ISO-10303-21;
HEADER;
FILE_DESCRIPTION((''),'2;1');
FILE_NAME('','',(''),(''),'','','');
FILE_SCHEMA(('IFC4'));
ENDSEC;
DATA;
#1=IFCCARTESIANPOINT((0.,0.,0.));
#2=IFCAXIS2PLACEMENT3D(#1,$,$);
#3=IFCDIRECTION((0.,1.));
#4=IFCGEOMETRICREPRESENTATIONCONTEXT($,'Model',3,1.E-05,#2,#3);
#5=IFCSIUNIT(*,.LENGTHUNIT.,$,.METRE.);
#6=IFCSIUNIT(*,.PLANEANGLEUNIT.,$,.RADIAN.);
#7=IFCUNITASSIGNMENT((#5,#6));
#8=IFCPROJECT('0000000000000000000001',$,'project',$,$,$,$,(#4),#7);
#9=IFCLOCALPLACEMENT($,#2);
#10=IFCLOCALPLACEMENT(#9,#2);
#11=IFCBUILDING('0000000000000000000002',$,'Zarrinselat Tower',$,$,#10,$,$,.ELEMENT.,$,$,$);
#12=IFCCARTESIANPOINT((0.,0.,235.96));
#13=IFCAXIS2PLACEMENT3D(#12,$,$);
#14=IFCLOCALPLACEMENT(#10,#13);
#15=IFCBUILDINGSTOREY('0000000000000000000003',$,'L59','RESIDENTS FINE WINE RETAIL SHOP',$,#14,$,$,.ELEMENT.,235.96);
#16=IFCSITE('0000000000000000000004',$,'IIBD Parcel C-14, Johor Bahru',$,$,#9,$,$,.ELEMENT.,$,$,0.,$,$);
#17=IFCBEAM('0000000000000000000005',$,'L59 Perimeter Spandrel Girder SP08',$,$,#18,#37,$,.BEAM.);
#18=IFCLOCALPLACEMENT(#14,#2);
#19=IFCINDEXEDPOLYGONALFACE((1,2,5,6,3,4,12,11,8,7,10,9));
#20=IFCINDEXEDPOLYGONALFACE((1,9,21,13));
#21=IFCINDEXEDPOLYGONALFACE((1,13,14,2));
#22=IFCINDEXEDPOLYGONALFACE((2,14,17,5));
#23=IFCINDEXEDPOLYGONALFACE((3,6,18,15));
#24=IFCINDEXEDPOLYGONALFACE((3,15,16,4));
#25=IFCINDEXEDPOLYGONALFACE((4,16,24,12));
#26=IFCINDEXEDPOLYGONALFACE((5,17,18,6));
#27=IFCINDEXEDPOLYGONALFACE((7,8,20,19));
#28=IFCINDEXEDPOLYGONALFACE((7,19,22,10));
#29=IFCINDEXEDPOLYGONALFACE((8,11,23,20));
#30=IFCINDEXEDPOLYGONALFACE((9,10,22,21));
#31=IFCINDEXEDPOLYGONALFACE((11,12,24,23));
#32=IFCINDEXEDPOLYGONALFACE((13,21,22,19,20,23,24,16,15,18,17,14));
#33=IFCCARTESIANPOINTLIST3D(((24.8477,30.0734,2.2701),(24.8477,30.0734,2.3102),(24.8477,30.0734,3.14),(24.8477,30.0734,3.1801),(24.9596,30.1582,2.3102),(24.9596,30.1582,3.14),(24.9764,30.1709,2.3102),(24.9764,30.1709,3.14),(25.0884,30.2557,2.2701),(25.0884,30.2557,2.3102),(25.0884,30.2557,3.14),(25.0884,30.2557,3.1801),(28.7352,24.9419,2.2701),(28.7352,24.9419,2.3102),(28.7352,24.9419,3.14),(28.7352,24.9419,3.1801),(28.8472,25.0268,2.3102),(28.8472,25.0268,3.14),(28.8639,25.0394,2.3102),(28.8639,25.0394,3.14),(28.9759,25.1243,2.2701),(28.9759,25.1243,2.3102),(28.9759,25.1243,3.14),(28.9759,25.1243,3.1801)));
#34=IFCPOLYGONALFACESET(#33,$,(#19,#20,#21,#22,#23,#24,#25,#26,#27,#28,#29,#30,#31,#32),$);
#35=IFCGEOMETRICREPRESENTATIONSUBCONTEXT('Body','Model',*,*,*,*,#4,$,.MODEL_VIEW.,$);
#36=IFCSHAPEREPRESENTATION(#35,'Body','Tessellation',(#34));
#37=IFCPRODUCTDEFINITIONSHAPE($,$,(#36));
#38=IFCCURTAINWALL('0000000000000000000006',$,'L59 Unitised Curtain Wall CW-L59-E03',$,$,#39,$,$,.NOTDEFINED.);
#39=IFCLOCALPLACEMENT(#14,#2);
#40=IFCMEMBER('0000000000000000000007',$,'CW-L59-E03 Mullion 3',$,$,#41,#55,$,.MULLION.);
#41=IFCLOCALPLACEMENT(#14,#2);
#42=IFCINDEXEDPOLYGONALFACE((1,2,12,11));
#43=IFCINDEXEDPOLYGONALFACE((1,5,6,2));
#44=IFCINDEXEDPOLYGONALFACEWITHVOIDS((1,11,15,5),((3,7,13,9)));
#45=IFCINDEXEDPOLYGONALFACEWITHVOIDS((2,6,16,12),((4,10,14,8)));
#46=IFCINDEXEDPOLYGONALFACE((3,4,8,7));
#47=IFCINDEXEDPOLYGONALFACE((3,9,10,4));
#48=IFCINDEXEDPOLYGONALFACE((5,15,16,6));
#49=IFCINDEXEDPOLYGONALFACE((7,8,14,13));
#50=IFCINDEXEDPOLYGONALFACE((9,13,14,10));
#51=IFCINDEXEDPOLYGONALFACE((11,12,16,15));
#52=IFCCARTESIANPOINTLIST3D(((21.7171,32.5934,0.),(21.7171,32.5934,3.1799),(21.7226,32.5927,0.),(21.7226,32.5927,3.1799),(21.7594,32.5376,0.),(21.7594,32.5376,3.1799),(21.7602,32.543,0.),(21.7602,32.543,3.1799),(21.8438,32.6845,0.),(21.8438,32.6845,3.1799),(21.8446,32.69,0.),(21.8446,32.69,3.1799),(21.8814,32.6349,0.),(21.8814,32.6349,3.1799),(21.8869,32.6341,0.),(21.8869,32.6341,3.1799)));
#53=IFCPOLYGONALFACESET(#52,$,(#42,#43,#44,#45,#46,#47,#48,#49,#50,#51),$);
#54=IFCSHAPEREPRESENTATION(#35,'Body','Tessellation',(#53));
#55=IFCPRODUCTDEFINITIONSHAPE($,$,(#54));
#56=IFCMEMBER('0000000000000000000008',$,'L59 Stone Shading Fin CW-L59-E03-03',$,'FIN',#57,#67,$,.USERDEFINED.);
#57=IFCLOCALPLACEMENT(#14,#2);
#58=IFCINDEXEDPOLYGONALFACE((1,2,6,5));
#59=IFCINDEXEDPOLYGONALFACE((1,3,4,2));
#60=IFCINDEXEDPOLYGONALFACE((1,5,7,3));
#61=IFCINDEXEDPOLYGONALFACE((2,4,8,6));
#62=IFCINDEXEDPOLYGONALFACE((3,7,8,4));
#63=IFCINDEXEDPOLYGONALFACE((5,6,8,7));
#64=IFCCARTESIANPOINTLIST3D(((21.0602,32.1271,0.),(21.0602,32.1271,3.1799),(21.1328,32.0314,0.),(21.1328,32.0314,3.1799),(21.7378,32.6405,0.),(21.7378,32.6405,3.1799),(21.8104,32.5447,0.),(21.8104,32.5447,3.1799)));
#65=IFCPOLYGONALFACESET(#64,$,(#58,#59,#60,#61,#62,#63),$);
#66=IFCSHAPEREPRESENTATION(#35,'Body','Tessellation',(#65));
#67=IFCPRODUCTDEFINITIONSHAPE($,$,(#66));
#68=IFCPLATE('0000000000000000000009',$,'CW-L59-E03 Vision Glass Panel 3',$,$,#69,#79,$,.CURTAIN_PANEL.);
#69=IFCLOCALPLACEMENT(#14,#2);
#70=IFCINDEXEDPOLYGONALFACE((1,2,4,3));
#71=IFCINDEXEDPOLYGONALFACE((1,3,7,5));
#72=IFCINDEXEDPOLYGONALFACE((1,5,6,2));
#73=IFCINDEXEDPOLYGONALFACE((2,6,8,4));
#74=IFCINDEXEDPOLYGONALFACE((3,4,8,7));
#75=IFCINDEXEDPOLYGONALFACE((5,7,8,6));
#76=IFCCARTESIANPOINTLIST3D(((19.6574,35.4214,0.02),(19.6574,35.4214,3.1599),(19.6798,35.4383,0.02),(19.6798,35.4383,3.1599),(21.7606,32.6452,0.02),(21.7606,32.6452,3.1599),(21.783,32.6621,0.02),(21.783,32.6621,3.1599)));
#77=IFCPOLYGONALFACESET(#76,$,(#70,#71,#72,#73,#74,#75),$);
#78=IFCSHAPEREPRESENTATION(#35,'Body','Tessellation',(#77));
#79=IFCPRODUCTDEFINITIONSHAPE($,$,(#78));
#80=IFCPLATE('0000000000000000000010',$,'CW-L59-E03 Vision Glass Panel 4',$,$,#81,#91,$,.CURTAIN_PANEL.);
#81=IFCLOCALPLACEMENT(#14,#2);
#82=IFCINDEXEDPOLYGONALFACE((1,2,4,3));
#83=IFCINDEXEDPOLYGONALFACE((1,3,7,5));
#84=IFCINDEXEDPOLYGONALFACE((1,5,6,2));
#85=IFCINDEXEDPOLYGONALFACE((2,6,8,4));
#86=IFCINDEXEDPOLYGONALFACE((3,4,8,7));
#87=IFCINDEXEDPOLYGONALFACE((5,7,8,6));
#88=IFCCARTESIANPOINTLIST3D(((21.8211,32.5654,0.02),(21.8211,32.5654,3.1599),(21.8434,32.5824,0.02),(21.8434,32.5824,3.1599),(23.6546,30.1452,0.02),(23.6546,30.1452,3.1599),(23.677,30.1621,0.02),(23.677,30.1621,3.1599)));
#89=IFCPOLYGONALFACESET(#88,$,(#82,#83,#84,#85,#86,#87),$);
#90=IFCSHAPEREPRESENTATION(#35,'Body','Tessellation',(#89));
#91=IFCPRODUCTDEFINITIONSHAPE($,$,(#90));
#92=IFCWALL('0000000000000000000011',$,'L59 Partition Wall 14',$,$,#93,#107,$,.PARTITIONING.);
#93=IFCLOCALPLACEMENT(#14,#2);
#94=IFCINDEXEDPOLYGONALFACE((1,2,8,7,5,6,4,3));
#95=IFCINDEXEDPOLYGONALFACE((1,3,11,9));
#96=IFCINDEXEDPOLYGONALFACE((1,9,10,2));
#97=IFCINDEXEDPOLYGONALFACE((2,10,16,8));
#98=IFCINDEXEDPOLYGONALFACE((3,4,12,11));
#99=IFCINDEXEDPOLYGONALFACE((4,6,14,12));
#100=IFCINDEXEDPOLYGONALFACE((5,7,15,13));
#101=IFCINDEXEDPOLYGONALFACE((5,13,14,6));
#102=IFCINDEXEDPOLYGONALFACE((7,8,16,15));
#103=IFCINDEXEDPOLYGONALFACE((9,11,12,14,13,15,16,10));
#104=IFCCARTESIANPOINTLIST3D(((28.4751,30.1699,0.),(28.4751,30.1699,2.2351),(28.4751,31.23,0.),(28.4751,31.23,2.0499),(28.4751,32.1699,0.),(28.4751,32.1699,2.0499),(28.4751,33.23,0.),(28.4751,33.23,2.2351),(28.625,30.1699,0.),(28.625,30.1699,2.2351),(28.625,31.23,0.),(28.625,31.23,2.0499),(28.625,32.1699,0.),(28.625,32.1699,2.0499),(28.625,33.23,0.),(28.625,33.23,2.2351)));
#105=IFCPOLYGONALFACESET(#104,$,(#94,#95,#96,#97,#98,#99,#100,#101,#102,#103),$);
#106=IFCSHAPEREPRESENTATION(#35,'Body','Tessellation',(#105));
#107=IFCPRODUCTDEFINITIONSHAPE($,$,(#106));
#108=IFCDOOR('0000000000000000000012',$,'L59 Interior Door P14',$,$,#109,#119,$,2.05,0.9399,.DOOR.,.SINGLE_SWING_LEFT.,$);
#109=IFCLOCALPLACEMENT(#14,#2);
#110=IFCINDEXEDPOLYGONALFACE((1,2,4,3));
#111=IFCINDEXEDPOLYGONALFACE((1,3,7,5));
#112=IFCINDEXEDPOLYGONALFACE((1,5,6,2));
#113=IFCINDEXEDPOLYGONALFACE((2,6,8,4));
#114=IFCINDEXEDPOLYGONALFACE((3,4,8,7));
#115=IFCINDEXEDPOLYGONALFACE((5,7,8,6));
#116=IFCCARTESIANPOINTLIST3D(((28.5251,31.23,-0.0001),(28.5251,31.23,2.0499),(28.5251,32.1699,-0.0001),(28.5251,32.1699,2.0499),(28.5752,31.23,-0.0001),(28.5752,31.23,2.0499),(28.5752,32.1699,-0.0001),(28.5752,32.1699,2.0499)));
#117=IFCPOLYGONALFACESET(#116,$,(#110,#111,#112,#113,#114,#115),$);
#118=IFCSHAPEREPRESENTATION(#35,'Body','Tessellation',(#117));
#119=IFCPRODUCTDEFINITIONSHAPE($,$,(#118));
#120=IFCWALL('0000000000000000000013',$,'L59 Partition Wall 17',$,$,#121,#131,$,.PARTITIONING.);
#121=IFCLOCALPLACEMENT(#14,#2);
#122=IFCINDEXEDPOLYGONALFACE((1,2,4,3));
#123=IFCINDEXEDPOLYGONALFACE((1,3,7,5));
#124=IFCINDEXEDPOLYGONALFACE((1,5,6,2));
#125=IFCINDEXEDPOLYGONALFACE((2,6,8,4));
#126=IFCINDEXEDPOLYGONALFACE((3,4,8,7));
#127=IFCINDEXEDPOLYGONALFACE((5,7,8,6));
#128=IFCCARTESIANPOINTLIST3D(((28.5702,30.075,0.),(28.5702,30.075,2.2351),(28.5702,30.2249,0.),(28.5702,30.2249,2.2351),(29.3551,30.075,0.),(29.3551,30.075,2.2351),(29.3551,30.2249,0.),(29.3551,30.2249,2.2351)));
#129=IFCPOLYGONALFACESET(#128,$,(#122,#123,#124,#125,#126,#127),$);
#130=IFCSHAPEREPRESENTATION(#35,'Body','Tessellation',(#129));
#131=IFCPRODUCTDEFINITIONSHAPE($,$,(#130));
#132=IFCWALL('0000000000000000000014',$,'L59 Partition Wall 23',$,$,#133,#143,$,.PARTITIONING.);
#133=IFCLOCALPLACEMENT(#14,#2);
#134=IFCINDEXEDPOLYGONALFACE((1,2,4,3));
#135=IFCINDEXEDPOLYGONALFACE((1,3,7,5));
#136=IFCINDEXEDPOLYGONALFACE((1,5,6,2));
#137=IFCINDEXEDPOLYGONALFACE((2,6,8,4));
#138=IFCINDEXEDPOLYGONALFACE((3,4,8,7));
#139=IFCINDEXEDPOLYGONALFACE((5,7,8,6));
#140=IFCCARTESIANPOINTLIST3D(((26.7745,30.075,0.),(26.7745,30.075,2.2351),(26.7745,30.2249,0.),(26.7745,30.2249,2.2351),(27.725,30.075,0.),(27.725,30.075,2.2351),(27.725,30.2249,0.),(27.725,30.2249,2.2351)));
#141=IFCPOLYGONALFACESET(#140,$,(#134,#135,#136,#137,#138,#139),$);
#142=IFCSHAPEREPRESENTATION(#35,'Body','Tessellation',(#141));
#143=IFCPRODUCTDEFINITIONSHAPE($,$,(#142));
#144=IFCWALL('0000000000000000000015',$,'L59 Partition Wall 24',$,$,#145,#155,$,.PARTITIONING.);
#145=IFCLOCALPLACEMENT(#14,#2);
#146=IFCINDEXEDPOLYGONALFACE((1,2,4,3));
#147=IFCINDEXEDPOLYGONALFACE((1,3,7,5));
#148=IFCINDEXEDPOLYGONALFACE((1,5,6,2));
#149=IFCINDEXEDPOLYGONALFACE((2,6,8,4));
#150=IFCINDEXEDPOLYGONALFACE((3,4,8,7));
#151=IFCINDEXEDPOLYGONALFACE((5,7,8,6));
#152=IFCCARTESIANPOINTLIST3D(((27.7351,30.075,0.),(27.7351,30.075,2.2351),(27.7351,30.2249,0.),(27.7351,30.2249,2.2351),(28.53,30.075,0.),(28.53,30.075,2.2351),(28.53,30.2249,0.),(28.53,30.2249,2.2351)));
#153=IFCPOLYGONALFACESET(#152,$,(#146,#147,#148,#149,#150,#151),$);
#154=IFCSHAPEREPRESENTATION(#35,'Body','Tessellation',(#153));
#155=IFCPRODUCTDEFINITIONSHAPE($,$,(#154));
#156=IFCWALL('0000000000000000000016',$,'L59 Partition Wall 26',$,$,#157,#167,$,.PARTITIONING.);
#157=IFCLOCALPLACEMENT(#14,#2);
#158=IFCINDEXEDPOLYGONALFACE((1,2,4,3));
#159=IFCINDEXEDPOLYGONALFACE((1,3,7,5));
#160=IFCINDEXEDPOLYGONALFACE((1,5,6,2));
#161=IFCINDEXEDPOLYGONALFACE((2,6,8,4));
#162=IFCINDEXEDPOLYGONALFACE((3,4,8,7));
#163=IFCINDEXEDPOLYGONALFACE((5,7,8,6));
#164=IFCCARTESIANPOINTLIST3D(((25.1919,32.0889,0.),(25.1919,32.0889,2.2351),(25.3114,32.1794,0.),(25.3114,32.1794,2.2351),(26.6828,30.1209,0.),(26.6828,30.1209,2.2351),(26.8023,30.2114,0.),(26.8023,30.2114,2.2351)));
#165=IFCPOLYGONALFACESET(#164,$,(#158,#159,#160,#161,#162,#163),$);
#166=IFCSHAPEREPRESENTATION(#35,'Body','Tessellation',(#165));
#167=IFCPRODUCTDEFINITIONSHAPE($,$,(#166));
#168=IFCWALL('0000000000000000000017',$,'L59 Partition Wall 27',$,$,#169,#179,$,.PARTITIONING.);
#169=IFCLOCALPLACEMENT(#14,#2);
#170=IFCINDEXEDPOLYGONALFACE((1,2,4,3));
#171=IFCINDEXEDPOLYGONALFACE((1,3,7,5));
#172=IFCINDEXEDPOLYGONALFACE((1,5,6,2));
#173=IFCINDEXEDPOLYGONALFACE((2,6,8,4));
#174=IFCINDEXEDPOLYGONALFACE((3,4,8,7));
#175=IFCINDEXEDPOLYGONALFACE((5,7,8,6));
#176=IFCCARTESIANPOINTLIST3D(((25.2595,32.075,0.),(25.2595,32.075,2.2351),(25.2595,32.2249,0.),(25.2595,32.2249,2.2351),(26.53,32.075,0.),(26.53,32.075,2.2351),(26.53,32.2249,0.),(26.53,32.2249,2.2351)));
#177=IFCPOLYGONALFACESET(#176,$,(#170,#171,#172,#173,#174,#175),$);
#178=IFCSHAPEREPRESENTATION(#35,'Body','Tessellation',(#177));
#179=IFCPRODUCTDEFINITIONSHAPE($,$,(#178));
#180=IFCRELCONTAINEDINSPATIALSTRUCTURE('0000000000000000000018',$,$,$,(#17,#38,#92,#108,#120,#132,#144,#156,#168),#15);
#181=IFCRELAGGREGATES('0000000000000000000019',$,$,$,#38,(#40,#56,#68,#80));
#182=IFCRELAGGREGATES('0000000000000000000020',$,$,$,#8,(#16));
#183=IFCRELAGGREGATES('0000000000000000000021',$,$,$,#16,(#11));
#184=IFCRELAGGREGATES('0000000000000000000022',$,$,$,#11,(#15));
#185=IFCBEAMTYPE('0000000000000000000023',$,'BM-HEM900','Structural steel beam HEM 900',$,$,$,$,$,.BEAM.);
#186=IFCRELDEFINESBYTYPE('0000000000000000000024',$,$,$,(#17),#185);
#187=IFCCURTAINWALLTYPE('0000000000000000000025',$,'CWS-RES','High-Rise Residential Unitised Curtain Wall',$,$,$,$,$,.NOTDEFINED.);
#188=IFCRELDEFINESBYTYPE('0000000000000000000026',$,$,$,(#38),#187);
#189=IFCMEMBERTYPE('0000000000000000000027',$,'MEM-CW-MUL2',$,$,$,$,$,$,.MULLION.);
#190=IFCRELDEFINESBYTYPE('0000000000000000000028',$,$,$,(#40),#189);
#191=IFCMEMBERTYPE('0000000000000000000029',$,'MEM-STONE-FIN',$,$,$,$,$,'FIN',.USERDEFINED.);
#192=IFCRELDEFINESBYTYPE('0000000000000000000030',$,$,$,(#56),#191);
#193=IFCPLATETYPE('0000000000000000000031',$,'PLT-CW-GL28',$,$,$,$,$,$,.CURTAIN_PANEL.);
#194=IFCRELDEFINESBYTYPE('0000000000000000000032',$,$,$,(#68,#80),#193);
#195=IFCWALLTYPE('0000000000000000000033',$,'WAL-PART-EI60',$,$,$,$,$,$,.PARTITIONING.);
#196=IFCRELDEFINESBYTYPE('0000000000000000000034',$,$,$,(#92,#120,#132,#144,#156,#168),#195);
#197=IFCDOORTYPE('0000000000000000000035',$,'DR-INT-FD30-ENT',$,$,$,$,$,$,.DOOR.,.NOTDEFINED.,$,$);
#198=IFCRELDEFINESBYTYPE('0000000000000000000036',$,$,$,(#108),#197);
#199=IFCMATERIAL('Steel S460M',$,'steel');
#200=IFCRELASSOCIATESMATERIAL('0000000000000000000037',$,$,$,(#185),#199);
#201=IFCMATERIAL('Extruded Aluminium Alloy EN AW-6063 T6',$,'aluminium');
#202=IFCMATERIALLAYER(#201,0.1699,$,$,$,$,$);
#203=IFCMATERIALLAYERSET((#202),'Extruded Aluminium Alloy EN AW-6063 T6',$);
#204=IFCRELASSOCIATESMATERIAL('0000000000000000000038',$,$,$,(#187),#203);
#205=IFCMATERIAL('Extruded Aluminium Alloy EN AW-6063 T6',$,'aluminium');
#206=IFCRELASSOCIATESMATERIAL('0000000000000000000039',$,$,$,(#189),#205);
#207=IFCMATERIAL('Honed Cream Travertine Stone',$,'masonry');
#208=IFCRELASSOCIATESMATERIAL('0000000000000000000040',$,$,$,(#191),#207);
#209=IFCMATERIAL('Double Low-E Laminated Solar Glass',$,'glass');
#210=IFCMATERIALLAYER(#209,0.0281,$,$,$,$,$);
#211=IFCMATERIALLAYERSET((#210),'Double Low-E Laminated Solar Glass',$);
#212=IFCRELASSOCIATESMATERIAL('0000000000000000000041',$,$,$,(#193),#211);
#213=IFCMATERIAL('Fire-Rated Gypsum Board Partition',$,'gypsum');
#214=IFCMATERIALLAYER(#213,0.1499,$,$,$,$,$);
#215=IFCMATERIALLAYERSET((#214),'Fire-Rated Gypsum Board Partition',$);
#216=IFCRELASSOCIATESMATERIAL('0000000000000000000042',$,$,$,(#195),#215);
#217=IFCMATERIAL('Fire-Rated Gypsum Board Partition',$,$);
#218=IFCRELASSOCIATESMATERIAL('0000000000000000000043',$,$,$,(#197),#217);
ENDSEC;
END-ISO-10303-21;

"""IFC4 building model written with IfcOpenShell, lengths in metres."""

from ifc_helpers import new_model, si_unit, direction, frame, frame_2d, origin, origin_2d, place, context, subcontext, project, spatial, rectangle, hollow_rectangle, i_section, extrude, material, layer, layer_set, material_profile, profile_set, type_object, element, fill, aggregate, save


model = new_model("IFC4")

# Units and contexts
model_context = context("Model", 3, precision=1e-05, world=origin(), true_north=direction((0.0, 1.0)))
body_context = subcontext(model_context, "Body", "Model", "MODEL_VIEW")
ifc_project = project(units=[si_unit("LENGTHUNIT", "METRE"), si_unit("PLANEANGLEUNIT", "RADIAN")], contexts=[model_context])

# Site, building, storey
site_placement = place(None, origin())
site = spatial("IfcSite", under=ifc_project, at=site_placement, Name="IIBD Parcel C-14, Johor Bahru", CompositionType="ELEMENT", RefElevation=0.0)
building_placement = place(site_placement, origin())
building = spatial("IfcBuilding", under=site, at=building_placement, Name="Zarrinselat Tower", CompositionType="ELEMENT")
storey_placement = place(building_placement, frame((0.0, 0.0, 235.96)))
storey = spatial("IfcBuildingStorey", under=building, at=storey_placement, Name="L59", Description="RESIDENTS FINE WINE RETAIL SHOP", CompositionType="ELEMENT", Elevation=235.96)

# Beam
ifc_material_1 = material(Name="Steel S460M", Category="steel")
ifc_material_profile_1 = material_profile(ifc_material_1, i_section(OverallWidth=0.302, OverallDepth=0.9099, WebThickness=0.021, FlangeThickness=0.04, at=origin_2d()), Name="HEM 900")
ifc_profile_set_1 = profile_set([ifc_material_profile_1], Name="Steel S460M")
beam_type = type_object("IfcBeamType", Name="BM-HEM900", Description="Structural steel beam HEM 900", PredefinedType="BEAM", material=ifc_profile_set_1)
beam_placement = place(storey_placement, frame((24.968, 30.1646, 2.7251), z_axis=(0.603864, -0.797087, 0.0), x_axis=(0.797087, 0.603864, 0.0)))
element("IfcBeam", 1, at=beam_placement, inside=storey, type_object=beam_type, Name="L59 Perimeter Spandrel Girder SP08", PredefinedType="BEAM", context=body_context, shape_type="SweptSolid", body=[
    extrude(i_section(OverallWidth=0.302, OverallDepth=0.9099, WebThickness=0.021, FlangeThickness=0.04, at=origin_2d()), origin(), (0.0, 0.0, 1.0), 6.4377),
])

# Curtain wall, members, plates
ifc_material_2 = material(Name="Extruded Aluminium Alloy EN AW-6063 T6", Category="aluminium")
ifc_layer_1 = layer(ifc_material_2, 0.1699)
ifc_layer_set_1 = layer_set([ifc_layer_1], Name="Extruded Aluminium Alloy EN AW-6063 T6")
curtain_wall_type = type_object("IfcCurtainWallType", Name="CWS-RES", Description="High-Rise Residential Unitised Curtain Wall", PredefinedType="NOTDEFINED", material=ifc_layer_set_1)
curtain_wall_placement = place(storey_placement, origin())
curtain_wall = element("IfcCurtainWall", 2, at=curtain_wall_placement, inside=storey, type_object=curtain_wall_type, Name="L59 Unitised Curtain Wall CW-L59-E03", PredefinedType="NOTDEFINED")
ifc_material_3 = material(Name="Extruded Aluminium Alloy EN AW-6063 T6", Category="aluminium")
ifc_material_profile_2 = material_profile(ifc_material_3, hollow_rectangle(XDim=0.0701, YDim=0.1599, WallThickness=0.0039, at=origin_2d()), Name="RHS 160x70x4")
ifc_profile_set_2 = profile_set([ifc_material_profile_2], Name="Extruded Aluminium Alloy EN AW-6063 T6")
member_type_1 = type_object("IfcMemberType", Name="MEM-CW-MUL2", PredefinedType="MULLION", material=ifc_profile_set_2)
member_1_placement = place(storey_placement, frame((21.802, 32.6138, 0.0), z_axis=(0.0, 0.0, 1.0), x_axis=(0.603857, -0.797092, 0.0)))
member_1 = element("IfcMember", 3, at=member_1_placement, type_object=member_type_1, Name="CW-L59-E03 Mullion 3", PredefinedType="MULLION", context=body_context, shape_type="SweptSolid", body=[
    extrude(hollow_rectangle(XDim=0.0701, YDim=0.1599, WallThickness=0.0039, at=origin_2d()), origin(), (0.0, 0.0, 1.0), 3.1799),
])
ifc_material_4 = material(Name="Honed Cream Travertine Stone", Category="masonry")
ifc_material_profile_3 = material_profile(ifc_material_4, rectangle(XDim=0.1201, YDim=0.8501, at=origin_2d()), Name="FIN 850x120")
ifc_profile_set_3 = profile_set([ifc_material_profile_3], Name="Honed Cream Travertine Stone")
member_type_2 = type_object("IfcMemberType", Name="MEM-STONE-FIN", ElementType="FIN", PredefinedType="USERDEFINED", material=ifc_profile_set_3)
member_2_placement = place(storey_placement, frame((21.4353, 32.3359, 0.0), z_axis=(0.0, 0.0, 1.0), x_axis=(-0.603857, 0.797092, 0.0)))
member_2 = element("IfcMember", 4, at=member_2_placement, type_object=member_type_2, Name="L59 Stone Shading Fin CW-L59-E03-03", ObjectType="FIN", PredefinedType="USERDEFINED", context=body_context, shape_type="SweptSolid", body=[
    extrude(rectangle(XDim=0.1201, YDim=0.8501, at=origin_2d()), origin(), (0.0, 0.0, 1.0), 3.1799),
])
ifc_material_5 = material(Name="Double Low-E Laminated Solar Glass", Category="glass")
ifc_layer_2 = layer(ifc_material_5, 0.0281)
ifc_layer_set_2 = layer_set([ifc_layer_2], Name="Double Low-E Laminated Solar Glass")
plate_type = type_object("IfcPlateType", Name="PLT-CW-GL28", PredefinedType="CURTAIN_PANEL", material=ifc_layer_set_2)
plate_1_placement = place(storey_placement, frame((20.7202, 34.0417, 0.02), z_axis=(0.0, 0.0, 1.0), x_axis=(0.603857, -0.797092, 0.0)))
plate_1 = element("IfcPlate", 5, at=plate_1_placement, type_object=plate_type, Name="CW-L59-E03 Vision Glass Panel 3", PredefinedType="CURTAIN_PANEL", context=body_context, shape_type="SweptSolid", body=[
    extrude(rectangle(XDim=3.4829, YDim=0.0281, at=origin_2d()), origin(), (0.0, 0.0, 1.0), 3.1399),
])
plate_2_placement = place(storey_placement, frame((22.749, 31.3638, 0.02), z_axis=(0.0, 0.0, 1.0), x_axis=(0.603857, -0.797092, 0.0)))
plate_2 = element("IfcPlate", 6, at=plate_2_placement, type_object=plate_type, Name="CW-L59-E03 Vision Glass Panel 4", PredefinedType="CURTAIN_PANEL", context=body_context, shape_type="SweptSolid", body=[
    extrude(rectangle(XDim=3.0364, YDim=0.0281, at=origin_2d()), origin(), (0.0, 0.0, 1.0), 3.1399),
])
aggregate(curtain_wall, [member_1, member_2, plate_1, plate_2])

# Wall, opening, door
ifc_material_6 = material(Name="Fire-Rated Gypsum Board Partition", Category="gypsum")
ifc_layer_3 = layer(ifc_material_6, 0.1499)
ifc_layer_set_3 = layer_set([ifc_layer_3], Name="Fire-Rated Gypsum Board Partition")
wall_type_1 = type_object("IfcWallType", Name="WAL-PART-EI60", PredefinedType="PARTITIONING", material=ifc_layer_set_3)
wall_1_placement = place(storey_placement, frame((28.55, 30.1699, 0.0), z_axis=(0.0, 0.0, 1.0), x_axis=(0.0, 1.0, 0.0)))
wall_1 = element("IfcWall", 7, at=wall_1_placement, inside=storey, type_object=wall_type_1, Name="L59 Partition Wall 14", PredefinedType="PARTITIONING", context=body_context, shape_type="SweptSolid", body=[
    extrude(rectangle(XDim=3.0601, YDim=0.1499, at=frame_2d((1.53, 0.0))), origin(), (0.0, 0.0, 1.0), 2.2351),
])
opening_1_placement = place(wall_1_placement, frame((1.0601, 0.0, 0.0)))
opening_1 = element("IfcOpeningElement", 8, at=opening_1_placement, cuts=wall_1, PredefinedType="OPENING", context=body_context, shape_type="SweptSolid", body=[
    extrude(rectangle(XDim=0.9399, YDim=2.05, at=frame_2d((0.47, 1.0249))), frame((0.0, 0.085, 0.0), z_axis=(0.0, -1.0, 0.0), x_axis=(1.0, 0.0, 0.0)), (0.0, 0.0, 1.0), 0.1699),
])
ifc_material_7 = material(Name="Fire-Rated Gypsum Board Partition")
door_type_1 = type_object("IfcDoorType", Name="DR-INT-FD30-ENT", OperationType="NOTDEFINED", PredefinedType="DOOR", material=ifc_material_7)
door_1_placement = place(opening_1_placement, origin())
door_1 = element("IfcDoor", 9, at=door_1_placement, inside=storey, type_object=door_type_1, Name="L59 Interior Door P14", OperationType="SINGLE_SWING_LEFT", OverallHeight=2.05, OverallWidth=0.9399, PredefinedType="DOOR", context=body_context, shape_type="SweptSolid", body=[
    extrude(rectangle(XDim=0.9399, YDim=2.05, at=frame_2d((0.47, 1.0249))), frame((0.0, 0.0249, 0.0), z_axis=(0.0, -1.0, 0.0), x_axis=(1.0, 0.0, 0.0)), (0.0, 0.0, 1.0), 0.05),
])
fill(opening_1, door_1)

# Walls
wall_2_placement = place(storey_placement, frame((28.5701, 30.1499, 0.0), z_axis=(0.0, 0.0, 1.0), x_axis=(1.0, 0.0, 0.0)))
element("IfcWall", 10, at=wall_2_placement, inside=storey, type_object=wall_type_1, Name="L59 Partition Wall 17", PredefinedType="PARTITIONING", context=body_context, shape_type="SweptSolid", body=[
    extrude(rectangle(XDim=0.7849, YDim=0.1499, at=frame_2d((0.3926, 0.0))), origin(), (0.0, 0.0, 1.0), 2.2351),
])
wall_3_placement = place(storey_placement, frame((26.7747, 30.1499, 0.0), z_axis=(0.0, 0.0, 1.0), x_axis=(1.0, 0.0, 0.0)))
element("IfcWall", 11, at=wall_3_placement, inside=storey, type_object=wall_type_1, Name="L59 Partition Wall 23", PredefinedType="PARTITIONING", context=body_context, shape_type="SweptSolid", body=[
    extrude(rectangle(XDim=0.9504, YDim=0.1499, at=frame_2d((0.4751, 0.0))), origin(), (0.0, 0.0, 1.0), 2.2351),
])
wall_4_placement = place(storey_placement, frame((27.7351, 30.1499, 0.0), z_axis=(0.0, 0.0, 1.0), x_axis=(1.0, 0.0, 0.0)))
element("IfcWall", 12, at=wall_4_placement, inside=storey, type_object=wall_type_1, Name="L59 Partition Wall 24", PredefinedType="PARTITIONING", context=body_context, shape_type="SweptSolid", body=[
    extrude(rectangle(XDim=0.7949, YDim=0.1499, at=frame_2d((0.3975, 0.0))), origin(), (0.0, 0.0, 1.0), 2.2351),
])
wall_5_placement = place(storey_placement, frame((25.2517, 32.134, 0.0), z_axis=(0.0, 0.0, 1.0), x_axis=(0.603869, -0.797083, 0.0)))
element("IfcWall", 13, at=wall_5_placement, inside=storey, type_object=wall_type_1, Name="L59 Partition Wall 26", PredefinedType="PARTITIONING", context=body_context, shape_type="SweptSolid", body=[
    extrude(rectangle(XDim=2.469, YDim=0.1499, at=frame_2d((1.2344, 0.0))), origin(), (0.0, 0.0, 1.0), 2.2351),
])
wall_6_placement = place(storey_placement, frame((25.2595, 32.1499, 0.0), z_axis=(0.0, 0.0, 1.0), x_axis=(1.0, 0.0, 0.0)))
element("IfcWall", 14, at=wall_6_placement, inside=storey, type_object=wall_type_1, Name="L59 Partition Wall 27", PredefinedType="PARTITIONING", context=body_context, shape_type="SweptSolid", body=[
    extrude(rectangle(XDim=1.2705, YDim=0.1499, at=frame_2d((0.6353, 0.0))), origin(), (0.0, 0.0, 1.0), 2.2351),
])

save(model, "model.ifc")
